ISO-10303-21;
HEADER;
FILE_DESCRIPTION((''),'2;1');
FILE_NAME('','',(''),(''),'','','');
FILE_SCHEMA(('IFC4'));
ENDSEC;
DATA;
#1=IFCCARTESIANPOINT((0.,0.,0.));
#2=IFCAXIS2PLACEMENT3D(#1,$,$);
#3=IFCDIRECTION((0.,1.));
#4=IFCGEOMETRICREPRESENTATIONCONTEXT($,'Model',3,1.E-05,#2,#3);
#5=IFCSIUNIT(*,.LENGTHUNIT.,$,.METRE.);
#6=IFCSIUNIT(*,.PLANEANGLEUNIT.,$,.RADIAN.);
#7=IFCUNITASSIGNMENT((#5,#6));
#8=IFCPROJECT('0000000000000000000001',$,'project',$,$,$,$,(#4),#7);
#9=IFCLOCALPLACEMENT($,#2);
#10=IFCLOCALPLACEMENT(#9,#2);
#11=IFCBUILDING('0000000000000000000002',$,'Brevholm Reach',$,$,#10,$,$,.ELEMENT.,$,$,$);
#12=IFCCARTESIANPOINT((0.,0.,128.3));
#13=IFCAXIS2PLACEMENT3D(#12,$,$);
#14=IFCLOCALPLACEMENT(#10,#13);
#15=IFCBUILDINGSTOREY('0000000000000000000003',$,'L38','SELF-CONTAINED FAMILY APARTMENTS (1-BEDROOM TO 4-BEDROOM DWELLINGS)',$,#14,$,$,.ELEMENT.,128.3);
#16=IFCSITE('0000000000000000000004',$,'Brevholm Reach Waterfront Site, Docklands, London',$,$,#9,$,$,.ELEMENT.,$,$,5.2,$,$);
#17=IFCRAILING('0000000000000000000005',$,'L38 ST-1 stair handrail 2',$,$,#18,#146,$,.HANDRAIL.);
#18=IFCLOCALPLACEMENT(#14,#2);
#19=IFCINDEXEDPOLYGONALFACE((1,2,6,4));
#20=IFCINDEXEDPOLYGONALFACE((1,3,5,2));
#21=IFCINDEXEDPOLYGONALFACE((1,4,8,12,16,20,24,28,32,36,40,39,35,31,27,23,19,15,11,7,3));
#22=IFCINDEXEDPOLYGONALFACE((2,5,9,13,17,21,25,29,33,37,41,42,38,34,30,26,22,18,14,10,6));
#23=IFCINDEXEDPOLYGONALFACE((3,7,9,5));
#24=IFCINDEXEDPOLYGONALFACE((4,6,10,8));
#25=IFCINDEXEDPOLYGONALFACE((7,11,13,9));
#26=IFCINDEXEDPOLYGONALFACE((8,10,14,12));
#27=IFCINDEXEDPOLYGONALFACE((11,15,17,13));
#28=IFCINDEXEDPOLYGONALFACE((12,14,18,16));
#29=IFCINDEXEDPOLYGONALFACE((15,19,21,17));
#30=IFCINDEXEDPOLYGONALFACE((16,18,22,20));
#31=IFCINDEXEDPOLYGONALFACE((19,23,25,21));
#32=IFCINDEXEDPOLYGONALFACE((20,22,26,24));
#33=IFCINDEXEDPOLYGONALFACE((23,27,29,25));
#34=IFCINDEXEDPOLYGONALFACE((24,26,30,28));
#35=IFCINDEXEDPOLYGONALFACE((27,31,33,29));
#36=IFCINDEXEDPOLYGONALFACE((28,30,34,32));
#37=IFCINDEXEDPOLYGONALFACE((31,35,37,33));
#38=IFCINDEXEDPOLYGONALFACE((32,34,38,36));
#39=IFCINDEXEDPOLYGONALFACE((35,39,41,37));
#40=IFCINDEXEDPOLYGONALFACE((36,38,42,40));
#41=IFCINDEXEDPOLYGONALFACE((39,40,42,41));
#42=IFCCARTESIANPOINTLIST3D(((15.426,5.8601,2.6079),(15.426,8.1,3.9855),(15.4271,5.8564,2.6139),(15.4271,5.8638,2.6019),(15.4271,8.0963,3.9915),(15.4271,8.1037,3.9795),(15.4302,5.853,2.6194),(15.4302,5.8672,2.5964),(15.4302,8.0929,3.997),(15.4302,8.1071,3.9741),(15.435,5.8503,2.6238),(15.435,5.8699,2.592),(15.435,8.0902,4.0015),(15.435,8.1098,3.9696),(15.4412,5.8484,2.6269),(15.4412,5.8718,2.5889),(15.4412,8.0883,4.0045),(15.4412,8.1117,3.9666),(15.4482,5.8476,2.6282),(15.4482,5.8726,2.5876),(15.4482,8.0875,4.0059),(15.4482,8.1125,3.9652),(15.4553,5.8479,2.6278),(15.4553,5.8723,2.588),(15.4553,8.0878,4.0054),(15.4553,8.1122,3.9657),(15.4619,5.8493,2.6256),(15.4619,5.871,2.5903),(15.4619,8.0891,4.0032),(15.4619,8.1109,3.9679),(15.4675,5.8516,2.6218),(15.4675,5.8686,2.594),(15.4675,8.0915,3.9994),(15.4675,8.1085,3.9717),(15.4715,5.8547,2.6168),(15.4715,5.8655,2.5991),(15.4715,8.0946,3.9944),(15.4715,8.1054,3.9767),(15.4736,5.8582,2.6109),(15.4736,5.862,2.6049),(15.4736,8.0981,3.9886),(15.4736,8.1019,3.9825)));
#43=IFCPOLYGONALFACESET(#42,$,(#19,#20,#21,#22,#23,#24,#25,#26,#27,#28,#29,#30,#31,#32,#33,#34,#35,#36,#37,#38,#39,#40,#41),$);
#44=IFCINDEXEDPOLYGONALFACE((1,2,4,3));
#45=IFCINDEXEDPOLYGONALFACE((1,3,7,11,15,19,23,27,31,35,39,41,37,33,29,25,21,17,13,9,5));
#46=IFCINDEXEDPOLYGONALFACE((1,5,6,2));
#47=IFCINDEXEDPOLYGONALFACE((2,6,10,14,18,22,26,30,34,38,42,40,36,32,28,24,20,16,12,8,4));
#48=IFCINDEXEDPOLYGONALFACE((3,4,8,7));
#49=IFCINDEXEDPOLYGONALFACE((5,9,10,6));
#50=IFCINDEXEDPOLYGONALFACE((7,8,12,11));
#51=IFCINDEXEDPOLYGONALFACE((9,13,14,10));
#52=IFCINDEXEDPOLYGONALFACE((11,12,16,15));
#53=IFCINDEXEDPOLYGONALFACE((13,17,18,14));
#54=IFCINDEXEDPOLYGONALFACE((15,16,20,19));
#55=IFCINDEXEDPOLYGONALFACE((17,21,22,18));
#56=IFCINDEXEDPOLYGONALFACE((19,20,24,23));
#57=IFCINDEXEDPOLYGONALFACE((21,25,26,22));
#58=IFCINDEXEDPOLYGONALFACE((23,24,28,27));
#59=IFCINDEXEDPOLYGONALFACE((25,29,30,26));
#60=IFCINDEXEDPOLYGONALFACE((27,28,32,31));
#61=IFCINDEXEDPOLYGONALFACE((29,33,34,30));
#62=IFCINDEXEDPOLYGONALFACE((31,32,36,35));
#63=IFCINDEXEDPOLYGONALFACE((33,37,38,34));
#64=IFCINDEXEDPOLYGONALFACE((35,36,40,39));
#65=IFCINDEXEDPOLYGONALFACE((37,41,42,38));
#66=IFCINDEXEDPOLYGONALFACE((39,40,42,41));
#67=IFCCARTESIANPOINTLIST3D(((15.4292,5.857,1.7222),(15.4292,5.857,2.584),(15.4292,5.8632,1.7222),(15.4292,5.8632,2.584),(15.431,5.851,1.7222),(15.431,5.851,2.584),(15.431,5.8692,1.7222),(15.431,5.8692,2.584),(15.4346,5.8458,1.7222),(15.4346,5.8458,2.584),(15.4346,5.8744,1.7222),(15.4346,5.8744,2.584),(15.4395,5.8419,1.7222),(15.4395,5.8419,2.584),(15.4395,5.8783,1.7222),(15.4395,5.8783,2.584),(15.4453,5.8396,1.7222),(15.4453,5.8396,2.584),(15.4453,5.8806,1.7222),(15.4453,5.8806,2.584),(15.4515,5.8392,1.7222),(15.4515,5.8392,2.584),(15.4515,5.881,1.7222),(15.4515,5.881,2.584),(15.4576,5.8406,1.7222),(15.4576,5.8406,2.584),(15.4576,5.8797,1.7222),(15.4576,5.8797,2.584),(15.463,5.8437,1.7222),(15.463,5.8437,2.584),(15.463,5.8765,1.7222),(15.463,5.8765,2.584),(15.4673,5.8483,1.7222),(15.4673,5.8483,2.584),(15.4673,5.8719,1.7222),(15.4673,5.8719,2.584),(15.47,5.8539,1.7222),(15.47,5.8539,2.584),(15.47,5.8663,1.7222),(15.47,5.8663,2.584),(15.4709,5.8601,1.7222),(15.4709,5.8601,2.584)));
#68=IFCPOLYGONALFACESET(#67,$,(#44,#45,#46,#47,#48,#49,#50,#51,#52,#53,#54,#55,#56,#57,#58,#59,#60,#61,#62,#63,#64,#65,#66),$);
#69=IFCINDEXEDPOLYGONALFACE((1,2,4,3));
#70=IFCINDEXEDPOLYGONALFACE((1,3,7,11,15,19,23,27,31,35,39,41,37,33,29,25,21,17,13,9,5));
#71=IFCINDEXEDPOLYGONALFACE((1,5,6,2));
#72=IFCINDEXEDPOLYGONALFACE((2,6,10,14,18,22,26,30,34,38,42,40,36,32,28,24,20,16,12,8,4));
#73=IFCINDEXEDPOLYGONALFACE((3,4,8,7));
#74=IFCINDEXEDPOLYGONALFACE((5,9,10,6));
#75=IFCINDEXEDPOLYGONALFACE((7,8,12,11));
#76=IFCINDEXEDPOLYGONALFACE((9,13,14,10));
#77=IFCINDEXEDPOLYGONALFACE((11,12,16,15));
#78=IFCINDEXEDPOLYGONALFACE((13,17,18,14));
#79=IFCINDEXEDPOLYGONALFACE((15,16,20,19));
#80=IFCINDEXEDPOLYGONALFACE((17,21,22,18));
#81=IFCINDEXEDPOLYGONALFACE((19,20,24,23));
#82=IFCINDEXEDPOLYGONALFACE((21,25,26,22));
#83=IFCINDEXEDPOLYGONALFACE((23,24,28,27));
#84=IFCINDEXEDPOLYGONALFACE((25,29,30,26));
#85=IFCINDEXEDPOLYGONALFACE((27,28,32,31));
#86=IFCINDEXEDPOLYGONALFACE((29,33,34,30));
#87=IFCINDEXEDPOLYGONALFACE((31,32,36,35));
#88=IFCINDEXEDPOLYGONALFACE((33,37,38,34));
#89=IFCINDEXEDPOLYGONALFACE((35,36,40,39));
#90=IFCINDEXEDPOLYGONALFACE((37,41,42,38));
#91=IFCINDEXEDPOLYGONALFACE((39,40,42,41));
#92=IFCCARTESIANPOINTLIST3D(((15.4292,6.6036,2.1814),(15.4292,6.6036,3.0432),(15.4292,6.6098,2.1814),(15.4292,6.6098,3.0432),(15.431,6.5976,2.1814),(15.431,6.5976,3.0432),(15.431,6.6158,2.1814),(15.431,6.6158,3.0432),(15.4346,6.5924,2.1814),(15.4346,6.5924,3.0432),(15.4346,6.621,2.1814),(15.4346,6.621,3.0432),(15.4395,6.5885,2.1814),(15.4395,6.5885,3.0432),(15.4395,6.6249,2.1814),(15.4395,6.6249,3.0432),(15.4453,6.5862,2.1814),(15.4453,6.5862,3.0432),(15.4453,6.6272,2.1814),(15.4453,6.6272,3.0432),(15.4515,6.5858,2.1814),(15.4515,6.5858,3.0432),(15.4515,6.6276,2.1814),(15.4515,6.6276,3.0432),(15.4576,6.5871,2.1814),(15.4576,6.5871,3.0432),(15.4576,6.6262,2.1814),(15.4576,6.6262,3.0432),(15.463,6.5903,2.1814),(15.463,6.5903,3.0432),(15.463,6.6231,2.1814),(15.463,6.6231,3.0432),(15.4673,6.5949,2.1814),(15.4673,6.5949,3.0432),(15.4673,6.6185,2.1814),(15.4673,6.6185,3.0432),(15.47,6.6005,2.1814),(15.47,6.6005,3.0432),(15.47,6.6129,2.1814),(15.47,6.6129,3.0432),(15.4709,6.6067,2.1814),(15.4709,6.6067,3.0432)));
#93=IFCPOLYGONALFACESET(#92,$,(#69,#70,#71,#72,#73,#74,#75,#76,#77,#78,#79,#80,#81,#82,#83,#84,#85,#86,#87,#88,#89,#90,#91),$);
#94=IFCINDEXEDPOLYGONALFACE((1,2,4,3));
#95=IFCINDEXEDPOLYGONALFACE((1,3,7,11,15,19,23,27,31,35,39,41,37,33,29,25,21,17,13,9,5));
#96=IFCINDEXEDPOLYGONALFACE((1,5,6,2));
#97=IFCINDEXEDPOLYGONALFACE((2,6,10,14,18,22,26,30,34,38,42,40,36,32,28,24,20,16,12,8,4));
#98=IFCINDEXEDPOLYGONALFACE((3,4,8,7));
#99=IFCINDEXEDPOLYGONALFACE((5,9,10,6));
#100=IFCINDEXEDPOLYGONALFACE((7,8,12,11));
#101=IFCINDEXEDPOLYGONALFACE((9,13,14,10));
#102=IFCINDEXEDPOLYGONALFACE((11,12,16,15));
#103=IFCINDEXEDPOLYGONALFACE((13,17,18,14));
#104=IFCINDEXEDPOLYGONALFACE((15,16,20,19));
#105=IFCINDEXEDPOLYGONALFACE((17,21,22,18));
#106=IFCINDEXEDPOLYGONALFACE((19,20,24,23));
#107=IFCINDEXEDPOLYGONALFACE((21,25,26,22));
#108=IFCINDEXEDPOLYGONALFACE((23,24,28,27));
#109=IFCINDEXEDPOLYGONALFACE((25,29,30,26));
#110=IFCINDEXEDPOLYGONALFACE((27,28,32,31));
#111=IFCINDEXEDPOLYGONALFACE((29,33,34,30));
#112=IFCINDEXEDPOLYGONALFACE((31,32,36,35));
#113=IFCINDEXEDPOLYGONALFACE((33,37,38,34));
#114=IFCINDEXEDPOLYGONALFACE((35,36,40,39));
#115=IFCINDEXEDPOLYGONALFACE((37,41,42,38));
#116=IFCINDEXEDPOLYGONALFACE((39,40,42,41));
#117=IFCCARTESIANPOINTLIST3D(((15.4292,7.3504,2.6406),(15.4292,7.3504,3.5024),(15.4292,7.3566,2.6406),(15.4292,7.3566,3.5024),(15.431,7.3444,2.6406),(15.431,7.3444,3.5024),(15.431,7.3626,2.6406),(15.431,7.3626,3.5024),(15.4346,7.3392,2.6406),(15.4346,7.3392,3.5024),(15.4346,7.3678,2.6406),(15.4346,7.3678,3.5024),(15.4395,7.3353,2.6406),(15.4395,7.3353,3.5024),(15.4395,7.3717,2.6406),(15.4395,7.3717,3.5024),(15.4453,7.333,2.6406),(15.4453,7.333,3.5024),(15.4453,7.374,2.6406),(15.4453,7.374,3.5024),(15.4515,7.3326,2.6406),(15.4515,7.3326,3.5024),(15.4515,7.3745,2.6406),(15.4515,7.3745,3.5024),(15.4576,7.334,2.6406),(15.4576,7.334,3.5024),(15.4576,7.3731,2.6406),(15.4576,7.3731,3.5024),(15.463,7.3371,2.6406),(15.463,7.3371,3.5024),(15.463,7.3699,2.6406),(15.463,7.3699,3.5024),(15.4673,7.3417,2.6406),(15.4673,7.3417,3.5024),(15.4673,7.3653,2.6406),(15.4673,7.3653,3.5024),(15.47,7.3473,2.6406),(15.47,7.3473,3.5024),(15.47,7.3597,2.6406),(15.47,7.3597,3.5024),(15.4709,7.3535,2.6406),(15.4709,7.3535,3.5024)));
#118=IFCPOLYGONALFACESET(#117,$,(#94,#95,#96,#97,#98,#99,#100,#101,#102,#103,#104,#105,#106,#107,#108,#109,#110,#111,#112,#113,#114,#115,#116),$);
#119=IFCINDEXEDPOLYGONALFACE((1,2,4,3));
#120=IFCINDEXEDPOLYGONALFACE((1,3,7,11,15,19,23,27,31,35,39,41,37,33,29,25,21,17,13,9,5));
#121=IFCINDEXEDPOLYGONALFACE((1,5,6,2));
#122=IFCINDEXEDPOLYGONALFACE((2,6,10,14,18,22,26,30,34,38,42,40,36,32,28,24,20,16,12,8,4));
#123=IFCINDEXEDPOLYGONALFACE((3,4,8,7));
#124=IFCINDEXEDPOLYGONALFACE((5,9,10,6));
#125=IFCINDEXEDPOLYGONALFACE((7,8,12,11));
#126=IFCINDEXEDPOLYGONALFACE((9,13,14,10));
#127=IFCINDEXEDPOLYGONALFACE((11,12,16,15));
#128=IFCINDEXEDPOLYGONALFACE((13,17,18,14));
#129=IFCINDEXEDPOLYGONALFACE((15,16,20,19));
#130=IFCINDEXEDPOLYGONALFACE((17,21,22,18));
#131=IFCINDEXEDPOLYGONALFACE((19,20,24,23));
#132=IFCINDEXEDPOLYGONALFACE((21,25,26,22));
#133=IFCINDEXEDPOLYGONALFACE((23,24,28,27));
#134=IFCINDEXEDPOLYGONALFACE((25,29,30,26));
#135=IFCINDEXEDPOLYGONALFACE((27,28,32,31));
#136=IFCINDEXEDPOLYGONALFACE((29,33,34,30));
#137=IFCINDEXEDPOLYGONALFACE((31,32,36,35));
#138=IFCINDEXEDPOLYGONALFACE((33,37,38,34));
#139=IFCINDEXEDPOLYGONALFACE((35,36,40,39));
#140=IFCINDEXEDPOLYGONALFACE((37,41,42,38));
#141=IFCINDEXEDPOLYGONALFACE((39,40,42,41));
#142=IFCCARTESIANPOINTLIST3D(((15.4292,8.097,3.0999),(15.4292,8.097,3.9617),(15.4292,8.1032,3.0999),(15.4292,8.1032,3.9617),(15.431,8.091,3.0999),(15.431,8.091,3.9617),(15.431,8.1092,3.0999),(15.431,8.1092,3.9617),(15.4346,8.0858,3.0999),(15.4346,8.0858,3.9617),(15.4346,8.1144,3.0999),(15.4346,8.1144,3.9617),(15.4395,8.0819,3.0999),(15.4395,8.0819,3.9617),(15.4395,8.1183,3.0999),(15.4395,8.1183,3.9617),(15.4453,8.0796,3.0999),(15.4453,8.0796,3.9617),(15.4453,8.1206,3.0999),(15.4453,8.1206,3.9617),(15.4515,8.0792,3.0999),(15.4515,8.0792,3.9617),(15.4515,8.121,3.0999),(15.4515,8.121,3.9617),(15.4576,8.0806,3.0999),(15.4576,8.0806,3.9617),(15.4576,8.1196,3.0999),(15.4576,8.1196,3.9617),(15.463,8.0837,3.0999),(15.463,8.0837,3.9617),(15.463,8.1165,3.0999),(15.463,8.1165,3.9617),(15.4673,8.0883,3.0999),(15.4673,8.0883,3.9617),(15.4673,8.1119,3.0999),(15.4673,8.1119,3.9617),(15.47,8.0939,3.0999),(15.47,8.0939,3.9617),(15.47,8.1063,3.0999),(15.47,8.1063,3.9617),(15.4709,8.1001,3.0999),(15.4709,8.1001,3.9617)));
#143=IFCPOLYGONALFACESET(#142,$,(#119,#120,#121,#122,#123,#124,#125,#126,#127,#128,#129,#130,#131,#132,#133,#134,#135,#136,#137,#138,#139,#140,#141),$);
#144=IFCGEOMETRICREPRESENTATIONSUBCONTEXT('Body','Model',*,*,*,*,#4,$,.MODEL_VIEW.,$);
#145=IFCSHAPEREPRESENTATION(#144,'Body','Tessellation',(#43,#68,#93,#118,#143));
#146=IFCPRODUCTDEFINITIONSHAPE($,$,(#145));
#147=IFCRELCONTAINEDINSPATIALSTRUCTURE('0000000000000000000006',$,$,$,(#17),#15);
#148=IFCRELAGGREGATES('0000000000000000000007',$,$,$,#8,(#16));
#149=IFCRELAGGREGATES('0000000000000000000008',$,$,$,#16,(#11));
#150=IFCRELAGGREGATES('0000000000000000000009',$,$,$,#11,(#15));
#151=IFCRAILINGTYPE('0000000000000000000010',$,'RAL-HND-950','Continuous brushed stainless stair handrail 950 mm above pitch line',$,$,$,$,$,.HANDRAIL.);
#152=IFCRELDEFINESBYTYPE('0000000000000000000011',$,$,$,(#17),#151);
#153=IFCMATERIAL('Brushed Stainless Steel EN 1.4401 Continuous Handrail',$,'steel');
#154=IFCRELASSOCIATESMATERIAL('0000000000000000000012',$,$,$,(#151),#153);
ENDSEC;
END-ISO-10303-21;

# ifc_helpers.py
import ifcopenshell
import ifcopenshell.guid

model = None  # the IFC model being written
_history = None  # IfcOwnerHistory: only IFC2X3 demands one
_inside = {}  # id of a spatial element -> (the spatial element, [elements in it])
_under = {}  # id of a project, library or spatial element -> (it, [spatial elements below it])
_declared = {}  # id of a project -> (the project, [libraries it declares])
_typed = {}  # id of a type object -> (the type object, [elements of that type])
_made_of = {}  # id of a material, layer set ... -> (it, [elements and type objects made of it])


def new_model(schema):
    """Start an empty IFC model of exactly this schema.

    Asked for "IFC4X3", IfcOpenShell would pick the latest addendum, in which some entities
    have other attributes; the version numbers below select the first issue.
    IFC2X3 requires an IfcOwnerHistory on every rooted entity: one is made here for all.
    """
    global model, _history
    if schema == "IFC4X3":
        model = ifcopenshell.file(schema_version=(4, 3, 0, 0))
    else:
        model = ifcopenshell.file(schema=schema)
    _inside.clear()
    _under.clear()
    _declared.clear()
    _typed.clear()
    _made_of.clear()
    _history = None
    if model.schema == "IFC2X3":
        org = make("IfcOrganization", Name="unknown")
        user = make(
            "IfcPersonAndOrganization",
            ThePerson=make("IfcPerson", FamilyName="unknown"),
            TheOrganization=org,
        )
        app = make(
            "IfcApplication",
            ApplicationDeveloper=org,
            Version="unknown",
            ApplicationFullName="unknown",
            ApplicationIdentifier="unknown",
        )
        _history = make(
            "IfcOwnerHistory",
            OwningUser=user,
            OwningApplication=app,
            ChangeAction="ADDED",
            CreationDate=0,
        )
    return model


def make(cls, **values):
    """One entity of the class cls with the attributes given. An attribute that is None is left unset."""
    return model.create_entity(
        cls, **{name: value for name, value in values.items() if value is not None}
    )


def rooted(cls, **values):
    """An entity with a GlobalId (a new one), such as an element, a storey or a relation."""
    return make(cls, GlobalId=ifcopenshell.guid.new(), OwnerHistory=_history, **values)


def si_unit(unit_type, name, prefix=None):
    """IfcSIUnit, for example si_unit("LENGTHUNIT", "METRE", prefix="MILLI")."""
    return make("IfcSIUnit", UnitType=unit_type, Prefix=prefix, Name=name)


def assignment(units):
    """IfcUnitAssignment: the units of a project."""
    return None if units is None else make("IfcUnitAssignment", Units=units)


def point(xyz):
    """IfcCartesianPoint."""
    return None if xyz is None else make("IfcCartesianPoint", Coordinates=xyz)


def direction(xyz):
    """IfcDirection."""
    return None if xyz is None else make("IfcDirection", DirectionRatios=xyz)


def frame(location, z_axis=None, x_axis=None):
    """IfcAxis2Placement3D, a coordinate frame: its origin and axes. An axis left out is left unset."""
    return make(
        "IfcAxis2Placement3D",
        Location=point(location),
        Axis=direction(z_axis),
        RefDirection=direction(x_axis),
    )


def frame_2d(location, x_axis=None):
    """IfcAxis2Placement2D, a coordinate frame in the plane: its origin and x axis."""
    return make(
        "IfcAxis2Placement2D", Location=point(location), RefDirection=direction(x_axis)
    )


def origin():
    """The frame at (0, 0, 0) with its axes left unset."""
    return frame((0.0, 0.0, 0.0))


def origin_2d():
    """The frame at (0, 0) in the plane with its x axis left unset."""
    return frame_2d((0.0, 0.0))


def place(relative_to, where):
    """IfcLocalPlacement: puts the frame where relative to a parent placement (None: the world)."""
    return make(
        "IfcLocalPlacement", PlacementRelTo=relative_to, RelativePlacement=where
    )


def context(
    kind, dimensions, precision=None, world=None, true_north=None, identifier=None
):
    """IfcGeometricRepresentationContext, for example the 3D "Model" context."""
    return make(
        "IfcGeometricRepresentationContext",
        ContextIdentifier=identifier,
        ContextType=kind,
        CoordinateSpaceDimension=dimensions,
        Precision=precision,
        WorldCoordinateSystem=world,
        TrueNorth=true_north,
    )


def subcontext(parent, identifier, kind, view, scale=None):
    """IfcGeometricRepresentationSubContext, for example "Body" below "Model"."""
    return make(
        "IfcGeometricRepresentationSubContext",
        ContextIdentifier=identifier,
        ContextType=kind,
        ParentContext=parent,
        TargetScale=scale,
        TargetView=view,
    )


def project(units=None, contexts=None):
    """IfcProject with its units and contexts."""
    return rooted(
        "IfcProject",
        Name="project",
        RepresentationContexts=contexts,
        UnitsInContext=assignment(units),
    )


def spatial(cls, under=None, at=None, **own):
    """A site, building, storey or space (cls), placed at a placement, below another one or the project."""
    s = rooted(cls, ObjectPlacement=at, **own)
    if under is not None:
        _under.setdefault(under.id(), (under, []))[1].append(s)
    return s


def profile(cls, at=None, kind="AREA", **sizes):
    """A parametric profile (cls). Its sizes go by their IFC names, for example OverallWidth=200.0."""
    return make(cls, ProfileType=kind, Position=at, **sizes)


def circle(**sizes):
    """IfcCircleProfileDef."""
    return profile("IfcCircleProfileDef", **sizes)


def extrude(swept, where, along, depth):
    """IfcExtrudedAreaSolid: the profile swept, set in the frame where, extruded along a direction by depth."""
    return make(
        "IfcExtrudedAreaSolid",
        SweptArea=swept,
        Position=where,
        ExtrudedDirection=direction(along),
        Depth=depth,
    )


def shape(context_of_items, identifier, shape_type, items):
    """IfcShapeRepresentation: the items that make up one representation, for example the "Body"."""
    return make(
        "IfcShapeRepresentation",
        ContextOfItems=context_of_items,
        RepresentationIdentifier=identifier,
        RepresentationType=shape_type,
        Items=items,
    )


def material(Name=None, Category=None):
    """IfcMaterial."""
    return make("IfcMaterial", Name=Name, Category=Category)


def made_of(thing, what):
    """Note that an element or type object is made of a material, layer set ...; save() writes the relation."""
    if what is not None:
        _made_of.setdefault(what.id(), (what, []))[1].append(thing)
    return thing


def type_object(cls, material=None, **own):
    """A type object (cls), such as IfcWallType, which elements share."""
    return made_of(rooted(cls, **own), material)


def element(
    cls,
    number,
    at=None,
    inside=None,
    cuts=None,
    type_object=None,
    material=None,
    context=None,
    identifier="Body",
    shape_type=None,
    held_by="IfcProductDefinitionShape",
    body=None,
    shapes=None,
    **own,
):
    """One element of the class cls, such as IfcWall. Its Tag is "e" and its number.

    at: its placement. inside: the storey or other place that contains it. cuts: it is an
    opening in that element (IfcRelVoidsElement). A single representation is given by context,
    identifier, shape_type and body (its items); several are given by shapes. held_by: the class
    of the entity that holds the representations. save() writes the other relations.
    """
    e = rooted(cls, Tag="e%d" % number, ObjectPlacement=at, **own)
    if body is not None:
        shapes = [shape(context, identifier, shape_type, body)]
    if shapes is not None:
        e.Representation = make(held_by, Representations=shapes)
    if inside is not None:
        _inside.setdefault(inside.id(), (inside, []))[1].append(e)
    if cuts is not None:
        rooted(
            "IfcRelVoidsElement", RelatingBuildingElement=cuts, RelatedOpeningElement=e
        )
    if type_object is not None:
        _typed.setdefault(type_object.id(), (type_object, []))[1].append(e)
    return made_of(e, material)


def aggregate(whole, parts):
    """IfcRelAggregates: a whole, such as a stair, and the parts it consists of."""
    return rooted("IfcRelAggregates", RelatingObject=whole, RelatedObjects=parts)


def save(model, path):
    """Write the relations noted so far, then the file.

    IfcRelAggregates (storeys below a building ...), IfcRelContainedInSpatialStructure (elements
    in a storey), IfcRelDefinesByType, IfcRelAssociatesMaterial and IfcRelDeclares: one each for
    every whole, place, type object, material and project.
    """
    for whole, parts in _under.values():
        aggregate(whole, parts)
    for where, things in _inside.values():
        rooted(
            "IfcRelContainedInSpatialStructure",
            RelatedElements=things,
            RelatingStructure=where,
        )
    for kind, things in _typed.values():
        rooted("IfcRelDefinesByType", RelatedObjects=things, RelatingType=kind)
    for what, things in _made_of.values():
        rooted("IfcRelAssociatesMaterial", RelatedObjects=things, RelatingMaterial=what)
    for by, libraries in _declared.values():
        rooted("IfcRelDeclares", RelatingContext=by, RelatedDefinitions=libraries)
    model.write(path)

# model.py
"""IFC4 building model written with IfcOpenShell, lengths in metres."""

from ifc_helpers import new_model, si_unit, direction, frame, origin, origin_2d, place, context, subcontext, project, spatial, circle, extrude, material, type_object, element, save


model = new_model("IFC4")

# Units and contexts
model_context = context("Model", 3, precision=1e-05, world=origin(), true_north=direction((0.0, 1.0)))
body_context = subcontext(model_context, "Body", "Model", "MODEL_VIEW")
ifc_project = project(units=[si_unit("LENGTHUNIT", "METRE"), si_unit("PLANEANGLEUNIT", "RADIAN")], contexts=[model_context])

# Site, building, storey
site_placement = place(None, origin())
site = spatial("IfcSite", under=ifc_project, at=site_placement, Name="Brevholm Reach Waterfront Site, Docklands, London", CompositionType="ELEMENT", RefElevation=5.2)
building_placement = place(site_placement, origin())
building = spatial("IfcBuilding", under=site, at=building_placement, Name="Brevholm Reach", CompositionType="ELEMENT")
storey_placement = place(building_placement, frame((0.0, 0.0, 128.3)))
storey = spatial("IfcBuildingStorey", under=building, at=storey_placement, Name="L38", Description="SELF-CONTAINED FAMILY APARTMENTS (1-BEDROOM TO 4-BEDROOM DWELLINGS)", CompositionType="ELEMENT", Elevation=128.3)

# Railing
ifc_material_1 = material(Name="Brushed Stainless Steel EN 1.4401 Continuous Handrail", Category="steel")
railing_type_1 = type_object("IfcRailingType", Name="RAL-HND-950", Description="Continuous brushed stainless stair handrail 950 mm above pitch line", PredefinedType="HANDRAIL", material=ifc_material_1)
railing_1_placement = place(storey_placement, frame((15.45, 5.8601, 1.7222)))
element("IfcRailing", 1, at=railing_1_placement, inside=storey, type_object=railing_type_1, Name="L38 ST-1 stair handrail 2", PredefinedType="HANDRAIL", context=body_context, shape_type="SweptSolid", body=[
    extrude(circle(Radius=0.0239, at=origin_2d()), frame((0.0, 0.0, 0.8857), z_axis=(0.0, 0.851789, 0.523885), x_axis=(-1.0, 0.0, 0.0)), (0.0, 0.0, 1.0), 2.6296),
    extrude(circle(Radius=0.021, at=origin_2d()), origin(), (0.0, 0.0, 1.0), 0.8618),
    extrude(circle(Radius=0.021, at=origin_2d()), frame((0.0, 0.7466, 0.4592)), (0.0, 0.0, 1.0), 0.8618),
    extrude(circle(Radius=0.021, at=origin_2d()), frame((0.0, 1.4934, 0.9185)), (0.0, 0.0, 1.0), 0.8618),
    extrude(circle(Radius=0.021, at=origin_2d()), frame((0.0, 2.24, 1.3777)), (0.0, 0.0, 1.0), 0.8618),
])

save(model, "model.ifc")
